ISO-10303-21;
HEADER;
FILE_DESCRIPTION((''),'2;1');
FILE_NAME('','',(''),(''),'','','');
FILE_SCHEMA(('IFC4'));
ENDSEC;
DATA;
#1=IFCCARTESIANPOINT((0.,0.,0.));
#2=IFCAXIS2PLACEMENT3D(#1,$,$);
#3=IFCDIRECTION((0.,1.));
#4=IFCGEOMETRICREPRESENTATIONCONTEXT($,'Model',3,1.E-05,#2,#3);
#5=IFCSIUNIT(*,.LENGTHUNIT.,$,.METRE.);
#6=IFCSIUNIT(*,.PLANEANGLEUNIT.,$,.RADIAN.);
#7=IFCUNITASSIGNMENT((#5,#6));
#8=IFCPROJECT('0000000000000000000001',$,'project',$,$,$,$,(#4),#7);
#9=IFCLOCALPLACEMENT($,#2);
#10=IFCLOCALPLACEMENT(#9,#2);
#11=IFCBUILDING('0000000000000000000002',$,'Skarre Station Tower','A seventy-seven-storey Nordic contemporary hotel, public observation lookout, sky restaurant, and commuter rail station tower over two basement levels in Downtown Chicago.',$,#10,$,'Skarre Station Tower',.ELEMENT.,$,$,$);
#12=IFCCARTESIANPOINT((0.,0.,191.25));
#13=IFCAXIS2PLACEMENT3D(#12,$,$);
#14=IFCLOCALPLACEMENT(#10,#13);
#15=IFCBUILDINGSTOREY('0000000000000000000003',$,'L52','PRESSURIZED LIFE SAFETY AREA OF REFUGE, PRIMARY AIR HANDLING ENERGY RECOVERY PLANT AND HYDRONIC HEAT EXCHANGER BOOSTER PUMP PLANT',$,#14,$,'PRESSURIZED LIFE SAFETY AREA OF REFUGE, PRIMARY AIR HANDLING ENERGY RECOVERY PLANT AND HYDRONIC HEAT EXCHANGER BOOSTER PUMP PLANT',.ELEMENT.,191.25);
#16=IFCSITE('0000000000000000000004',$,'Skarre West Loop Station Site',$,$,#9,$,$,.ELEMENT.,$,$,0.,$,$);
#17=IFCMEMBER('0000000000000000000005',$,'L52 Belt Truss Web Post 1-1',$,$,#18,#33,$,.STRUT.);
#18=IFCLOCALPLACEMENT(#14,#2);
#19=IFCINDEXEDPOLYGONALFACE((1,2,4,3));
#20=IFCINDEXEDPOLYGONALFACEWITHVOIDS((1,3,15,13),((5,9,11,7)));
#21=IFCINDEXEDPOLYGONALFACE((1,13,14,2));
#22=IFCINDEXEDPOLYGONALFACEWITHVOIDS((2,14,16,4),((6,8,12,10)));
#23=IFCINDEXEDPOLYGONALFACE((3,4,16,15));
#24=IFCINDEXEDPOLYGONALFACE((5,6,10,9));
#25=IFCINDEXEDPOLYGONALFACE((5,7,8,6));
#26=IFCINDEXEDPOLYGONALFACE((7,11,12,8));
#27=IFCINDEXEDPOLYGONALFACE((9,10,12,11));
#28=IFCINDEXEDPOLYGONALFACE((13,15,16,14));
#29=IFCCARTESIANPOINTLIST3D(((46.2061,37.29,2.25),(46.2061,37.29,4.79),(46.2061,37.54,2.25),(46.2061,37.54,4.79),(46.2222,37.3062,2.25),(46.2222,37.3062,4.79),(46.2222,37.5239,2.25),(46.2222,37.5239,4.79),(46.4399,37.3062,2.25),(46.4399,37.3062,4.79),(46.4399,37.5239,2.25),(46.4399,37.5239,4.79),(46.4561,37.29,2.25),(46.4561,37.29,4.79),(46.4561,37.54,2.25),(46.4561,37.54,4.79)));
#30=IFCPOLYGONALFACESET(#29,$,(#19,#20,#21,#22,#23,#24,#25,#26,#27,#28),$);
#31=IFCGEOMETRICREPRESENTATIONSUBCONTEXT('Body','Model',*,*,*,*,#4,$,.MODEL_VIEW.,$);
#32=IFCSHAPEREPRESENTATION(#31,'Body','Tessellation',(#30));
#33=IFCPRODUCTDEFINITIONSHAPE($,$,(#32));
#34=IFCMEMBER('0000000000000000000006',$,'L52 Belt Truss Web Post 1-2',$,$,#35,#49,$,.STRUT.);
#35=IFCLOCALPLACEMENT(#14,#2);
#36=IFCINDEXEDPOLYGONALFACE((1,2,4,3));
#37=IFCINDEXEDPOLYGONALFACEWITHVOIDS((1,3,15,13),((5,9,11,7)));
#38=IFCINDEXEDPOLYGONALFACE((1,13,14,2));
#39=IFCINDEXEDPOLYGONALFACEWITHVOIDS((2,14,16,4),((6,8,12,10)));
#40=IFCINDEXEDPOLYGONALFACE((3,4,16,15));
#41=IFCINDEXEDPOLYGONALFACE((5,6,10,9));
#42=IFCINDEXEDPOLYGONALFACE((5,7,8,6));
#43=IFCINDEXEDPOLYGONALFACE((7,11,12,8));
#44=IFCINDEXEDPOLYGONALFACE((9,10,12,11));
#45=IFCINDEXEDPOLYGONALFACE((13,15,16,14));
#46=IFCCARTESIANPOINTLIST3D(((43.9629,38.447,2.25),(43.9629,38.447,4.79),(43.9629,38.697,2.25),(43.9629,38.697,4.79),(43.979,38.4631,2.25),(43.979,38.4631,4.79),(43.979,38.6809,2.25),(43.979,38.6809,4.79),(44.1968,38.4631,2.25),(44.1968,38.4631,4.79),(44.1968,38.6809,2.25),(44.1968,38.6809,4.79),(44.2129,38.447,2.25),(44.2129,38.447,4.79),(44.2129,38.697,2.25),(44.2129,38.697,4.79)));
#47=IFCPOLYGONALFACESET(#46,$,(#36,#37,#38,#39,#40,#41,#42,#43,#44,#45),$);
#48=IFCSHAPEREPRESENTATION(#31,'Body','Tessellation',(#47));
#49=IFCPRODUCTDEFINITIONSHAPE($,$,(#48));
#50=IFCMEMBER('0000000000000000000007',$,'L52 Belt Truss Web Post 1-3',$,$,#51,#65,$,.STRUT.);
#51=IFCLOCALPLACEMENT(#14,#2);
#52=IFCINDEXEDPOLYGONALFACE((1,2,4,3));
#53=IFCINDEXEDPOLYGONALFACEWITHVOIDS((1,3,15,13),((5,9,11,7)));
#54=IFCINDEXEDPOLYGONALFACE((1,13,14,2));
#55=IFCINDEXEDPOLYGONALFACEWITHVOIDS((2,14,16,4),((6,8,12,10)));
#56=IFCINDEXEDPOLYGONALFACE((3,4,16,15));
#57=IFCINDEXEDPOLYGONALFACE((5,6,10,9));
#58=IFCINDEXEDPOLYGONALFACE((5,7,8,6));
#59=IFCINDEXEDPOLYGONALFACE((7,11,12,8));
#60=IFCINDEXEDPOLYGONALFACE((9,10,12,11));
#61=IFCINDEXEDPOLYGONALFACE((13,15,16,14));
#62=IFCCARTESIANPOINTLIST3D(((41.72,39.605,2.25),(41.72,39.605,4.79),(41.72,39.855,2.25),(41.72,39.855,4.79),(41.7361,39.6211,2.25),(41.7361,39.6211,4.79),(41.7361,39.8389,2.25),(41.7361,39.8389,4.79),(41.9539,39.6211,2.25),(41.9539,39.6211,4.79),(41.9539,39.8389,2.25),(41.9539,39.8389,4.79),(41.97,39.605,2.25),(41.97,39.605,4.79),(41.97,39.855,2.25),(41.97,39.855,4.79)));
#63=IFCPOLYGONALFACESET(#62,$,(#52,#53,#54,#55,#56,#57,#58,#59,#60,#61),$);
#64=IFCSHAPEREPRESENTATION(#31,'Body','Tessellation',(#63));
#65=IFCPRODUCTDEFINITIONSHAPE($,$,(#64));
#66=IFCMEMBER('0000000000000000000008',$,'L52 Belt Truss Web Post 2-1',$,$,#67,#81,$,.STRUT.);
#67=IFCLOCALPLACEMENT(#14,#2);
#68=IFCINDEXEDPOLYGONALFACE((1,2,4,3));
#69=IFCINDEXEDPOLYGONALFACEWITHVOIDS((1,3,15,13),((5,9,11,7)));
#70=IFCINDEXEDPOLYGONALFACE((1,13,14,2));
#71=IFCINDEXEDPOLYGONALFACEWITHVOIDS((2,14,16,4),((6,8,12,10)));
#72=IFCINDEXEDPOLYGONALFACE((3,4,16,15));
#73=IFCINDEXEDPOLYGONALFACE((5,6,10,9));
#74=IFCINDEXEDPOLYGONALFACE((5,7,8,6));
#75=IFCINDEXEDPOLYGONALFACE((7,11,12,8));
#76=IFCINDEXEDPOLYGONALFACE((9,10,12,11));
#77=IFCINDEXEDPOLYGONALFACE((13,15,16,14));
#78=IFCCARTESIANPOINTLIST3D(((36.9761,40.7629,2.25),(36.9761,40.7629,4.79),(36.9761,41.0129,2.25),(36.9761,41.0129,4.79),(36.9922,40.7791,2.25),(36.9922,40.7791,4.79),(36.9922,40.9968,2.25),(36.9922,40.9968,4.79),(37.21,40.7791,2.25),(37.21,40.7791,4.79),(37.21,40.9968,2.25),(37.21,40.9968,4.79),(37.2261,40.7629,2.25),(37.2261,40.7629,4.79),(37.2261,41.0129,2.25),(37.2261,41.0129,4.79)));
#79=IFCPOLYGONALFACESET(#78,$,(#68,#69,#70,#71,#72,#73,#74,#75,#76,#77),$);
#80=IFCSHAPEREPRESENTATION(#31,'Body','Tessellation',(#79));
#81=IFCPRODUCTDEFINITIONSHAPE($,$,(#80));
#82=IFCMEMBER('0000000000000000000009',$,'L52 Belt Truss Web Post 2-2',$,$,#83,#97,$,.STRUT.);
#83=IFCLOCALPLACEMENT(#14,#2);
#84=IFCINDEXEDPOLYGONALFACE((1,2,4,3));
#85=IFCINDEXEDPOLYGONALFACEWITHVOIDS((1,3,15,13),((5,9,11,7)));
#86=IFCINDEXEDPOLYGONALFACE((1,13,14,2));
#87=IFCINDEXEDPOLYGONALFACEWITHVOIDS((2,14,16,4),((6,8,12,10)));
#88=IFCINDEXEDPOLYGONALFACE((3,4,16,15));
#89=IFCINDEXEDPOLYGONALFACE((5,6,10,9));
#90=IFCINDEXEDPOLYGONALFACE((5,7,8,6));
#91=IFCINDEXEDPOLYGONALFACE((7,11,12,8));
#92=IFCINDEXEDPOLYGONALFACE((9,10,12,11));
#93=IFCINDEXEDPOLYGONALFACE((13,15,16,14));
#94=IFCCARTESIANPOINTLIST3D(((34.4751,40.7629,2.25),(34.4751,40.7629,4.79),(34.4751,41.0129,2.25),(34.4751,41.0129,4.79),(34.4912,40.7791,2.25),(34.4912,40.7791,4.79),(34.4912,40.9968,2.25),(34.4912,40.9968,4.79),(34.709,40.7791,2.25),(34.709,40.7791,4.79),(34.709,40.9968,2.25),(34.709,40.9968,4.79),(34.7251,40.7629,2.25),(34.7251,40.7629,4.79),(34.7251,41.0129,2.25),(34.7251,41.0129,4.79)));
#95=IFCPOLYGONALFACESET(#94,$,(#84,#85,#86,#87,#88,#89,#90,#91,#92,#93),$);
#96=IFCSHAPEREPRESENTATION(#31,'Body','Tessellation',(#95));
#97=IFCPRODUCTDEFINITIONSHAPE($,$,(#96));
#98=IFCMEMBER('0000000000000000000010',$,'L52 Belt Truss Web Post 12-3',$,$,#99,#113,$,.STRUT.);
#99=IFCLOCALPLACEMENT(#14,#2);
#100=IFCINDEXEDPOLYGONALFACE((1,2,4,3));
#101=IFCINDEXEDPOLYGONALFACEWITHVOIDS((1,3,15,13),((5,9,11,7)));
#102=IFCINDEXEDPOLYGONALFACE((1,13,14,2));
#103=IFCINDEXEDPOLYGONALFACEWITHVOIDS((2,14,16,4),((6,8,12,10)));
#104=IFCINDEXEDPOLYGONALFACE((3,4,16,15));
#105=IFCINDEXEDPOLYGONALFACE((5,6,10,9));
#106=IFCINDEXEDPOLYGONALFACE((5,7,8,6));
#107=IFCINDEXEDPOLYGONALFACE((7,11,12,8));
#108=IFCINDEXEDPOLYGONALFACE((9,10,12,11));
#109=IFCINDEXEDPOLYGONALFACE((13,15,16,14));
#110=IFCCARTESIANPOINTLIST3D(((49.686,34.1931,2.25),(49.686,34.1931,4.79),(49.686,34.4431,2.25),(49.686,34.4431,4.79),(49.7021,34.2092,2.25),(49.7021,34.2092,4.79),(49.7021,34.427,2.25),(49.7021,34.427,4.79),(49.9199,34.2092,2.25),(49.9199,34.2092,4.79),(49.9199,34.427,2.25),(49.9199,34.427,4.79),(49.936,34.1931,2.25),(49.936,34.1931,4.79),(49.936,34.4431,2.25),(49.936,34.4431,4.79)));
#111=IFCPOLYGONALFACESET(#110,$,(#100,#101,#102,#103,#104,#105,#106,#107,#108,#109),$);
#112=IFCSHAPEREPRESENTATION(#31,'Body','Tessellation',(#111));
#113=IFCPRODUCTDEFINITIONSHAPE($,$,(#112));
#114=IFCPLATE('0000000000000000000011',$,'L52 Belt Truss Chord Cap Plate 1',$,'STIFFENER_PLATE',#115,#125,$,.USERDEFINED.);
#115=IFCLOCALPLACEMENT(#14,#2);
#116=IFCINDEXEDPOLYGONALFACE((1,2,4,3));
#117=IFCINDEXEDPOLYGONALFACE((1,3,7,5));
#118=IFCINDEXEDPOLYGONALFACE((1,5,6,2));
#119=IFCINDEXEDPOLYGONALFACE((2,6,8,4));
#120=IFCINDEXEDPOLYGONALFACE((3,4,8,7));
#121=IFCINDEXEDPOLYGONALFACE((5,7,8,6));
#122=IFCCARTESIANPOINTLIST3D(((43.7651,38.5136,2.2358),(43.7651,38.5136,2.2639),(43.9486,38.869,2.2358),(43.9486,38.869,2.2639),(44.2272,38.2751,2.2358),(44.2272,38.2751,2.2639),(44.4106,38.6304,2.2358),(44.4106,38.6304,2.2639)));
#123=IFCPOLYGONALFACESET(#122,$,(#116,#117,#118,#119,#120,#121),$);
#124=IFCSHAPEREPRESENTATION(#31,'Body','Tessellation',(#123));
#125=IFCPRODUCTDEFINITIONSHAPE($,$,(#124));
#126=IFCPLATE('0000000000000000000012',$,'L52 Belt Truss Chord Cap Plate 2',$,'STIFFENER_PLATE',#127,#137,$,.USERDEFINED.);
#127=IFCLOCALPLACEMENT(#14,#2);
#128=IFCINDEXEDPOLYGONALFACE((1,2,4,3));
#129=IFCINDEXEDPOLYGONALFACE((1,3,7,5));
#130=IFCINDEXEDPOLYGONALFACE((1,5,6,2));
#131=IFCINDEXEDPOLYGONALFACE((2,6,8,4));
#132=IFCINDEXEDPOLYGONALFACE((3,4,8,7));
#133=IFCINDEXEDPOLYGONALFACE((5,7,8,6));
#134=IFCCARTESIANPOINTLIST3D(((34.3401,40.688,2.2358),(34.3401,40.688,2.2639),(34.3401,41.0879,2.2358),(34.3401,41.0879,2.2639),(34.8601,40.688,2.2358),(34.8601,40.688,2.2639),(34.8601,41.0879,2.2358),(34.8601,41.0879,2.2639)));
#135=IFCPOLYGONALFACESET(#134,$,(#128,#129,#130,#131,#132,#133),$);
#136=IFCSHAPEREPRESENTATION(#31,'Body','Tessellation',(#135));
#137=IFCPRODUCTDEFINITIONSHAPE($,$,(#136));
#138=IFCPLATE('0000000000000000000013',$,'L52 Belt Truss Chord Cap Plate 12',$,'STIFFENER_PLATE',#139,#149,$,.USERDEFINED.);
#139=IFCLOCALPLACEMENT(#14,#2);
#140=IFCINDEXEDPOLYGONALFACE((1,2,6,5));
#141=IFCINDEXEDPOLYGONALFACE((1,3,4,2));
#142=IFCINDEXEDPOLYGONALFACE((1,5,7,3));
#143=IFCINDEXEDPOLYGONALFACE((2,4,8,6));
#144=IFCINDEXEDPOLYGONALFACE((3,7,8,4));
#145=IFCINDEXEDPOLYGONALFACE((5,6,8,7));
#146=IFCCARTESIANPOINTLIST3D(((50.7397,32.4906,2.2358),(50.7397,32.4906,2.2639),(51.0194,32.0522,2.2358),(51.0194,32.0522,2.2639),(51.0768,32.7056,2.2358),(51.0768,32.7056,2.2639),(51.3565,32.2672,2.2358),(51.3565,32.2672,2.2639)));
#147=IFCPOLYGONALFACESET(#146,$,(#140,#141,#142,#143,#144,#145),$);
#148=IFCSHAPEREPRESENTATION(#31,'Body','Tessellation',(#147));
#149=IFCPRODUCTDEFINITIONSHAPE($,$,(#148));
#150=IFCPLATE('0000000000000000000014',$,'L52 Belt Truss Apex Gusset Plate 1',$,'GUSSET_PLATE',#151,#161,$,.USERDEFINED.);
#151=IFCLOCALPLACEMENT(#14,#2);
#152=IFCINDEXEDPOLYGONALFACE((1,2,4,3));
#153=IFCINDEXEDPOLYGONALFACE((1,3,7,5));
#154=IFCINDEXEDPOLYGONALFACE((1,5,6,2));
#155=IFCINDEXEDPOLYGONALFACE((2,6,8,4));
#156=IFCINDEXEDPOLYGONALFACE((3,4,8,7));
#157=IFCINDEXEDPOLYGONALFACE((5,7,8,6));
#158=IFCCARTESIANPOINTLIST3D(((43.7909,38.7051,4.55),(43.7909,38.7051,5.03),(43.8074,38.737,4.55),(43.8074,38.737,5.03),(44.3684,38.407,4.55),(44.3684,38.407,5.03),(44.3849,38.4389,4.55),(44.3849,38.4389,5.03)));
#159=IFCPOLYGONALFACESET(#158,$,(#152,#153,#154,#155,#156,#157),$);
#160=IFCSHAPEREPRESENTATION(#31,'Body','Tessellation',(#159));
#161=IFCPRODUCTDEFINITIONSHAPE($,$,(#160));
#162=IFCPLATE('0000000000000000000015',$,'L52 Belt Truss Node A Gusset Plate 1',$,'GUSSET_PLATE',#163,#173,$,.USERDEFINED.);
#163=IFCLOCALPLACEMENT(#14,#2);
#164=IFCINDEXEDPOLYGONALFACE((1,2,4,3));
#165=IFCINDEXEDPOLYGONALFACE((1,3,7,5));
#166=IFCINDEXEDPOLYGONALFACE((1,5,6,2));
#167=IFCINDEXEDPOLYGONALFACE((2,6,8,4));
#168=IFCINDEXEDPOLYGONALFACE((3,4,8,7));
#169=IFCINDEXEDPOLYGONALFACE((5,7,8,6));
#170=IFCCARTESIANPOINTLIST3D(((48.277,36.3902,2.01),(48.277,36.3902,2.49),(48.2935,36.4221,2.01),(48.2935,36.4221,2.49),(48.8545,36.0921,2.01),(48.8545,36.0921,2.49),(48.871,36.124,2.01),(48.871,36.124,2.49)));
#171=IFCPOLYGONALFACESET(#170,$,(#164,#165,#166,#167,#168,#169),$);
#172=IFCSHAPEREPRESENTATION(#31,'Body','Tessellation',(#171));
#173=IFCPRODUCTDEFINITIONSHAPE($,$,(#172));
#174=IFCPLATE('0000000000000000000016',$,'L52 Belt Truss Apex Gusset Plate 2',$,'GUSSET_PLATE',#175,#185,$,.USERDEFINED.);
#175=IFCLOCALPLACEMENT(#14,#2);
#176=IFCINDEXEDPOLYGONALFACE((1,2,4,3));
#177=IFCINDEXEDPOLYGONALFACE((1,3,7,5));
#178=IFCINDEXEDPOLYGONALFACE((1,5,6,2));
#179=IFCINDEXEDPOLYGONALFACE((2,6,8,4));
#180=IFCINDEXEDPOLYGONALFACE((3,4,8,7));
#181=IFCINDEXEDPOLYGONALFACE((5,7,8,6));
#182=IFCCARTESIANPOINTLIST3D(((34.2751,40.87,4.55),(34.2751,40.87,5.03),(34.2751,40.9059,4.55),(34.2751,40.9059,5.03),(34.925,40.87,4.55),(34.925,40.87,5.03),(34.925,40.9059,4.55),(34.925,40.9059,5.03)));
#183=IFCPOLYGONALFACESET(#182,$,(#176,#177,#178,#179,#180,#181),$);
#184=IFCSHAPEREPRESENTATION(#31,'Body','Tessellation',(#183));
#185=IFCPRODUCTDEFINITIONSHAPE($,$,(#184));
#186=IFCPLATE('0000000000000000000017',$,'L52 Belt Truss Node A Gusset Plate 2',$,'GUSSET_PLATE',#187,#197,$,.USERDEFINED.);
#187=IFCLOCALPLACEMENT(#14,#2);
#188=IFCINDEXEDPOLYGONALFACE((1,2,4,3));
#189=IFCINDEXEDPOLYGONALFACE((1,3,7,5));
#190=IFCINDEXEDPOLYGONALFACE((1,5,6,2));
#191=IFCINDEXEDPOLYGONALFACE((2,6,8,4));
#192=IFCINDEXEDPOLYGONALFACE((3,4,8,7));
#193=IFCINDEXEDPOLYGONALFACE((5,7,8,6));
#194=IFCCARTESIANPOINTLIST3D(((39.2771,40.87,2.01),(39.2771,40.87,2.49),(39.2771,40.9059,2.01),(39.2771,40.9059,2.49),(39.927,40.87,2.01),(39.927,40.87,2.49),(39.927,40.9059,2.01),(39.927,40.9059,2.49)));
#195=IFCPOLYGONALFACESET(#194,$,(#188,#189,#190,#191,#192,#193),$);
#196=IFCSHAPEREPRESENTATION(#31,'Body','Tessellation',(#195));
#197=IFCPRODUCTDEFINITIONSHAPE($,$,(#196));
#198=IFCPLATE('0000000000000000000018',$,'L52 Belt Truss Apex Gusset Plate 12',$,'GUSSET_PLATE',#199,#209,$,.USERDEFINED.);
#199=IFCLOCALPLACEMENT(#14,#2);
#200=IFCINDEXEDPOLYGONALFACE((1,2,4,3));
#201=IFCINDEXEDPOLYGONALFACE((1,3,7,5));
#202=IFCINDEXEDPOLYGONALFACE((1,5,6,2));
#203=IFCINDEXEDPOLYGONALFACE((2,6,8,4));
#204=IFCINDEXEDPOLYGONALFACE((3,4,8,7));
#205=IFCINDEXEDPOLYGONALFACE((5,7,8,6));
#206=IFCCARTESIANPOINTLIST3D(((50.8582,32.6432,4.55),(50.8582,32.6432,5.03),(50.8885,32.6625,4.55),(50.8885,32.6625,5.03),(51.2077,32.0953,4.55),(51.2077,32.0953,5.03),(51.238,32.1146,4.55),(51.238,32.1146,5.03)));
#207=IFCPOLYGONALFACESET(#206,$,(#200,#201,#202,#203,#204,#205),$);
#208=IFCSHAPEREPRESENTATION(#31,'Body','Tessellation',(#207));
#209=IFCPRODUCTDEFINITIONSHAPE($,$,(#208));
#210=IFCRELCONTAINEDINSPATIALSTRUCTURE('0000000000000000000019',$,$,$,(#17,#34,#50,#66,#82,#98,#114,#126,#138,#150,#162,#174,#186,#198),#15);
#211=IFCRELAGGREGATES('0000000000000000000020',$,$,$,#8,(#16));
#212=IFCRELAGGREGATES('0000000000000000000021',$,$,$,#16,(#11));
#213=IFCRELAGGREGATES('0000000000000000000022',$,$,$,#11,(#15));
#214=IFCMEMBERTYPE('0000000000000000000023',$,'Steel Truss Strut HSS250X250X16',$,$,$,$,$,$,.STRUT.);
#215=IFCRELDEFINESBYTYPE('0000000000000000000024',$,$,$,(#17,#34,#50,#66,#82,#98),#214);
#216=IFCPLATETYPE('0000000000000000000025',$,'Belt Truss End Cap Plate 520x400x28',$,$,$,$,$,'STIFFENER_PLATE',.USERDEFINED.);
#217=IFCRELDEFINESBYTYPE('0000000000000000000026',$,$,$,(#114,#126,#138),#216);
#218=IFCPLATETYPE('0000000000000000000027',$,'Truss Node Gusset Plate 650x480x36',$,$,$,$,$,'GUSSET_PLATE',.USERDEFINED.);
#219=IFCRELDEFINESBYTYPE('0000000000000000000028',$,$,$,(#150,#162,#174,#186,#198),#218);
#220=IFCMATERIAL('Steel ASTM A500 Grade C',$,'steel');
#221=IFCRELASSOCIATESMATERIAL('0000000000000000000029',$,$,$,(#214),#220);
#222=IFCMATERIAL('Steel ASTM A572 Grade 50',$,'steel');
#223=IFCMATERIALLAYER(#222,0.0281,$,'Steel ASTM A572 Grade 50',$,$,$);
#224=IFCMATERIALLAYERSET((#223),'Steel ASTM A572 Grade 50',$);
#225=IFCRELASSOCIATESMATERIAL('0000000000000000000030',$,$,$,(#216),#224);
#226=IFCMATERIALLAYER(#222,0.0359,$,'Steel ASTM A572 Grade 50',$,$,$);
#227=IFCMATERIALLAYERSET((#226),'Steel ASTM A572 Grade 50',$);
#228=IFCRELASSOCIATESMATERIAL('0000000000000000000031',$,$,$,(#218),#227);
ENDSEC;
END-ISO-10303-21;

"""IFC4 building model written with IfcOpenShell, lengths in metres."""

from ifc_helpers import new_model, si_unit, direction, frame, origin, origin_2d, place, context, subcontext, project, spatial, rectangle, hollow_rectangle, extrude, material, layer, layer_set, material_profile, profile_set, type_object, element, save


model = new_model("IFC4")

# Units and contexts
model_context = context("Model", 3, precision=1e-05, world=origin(), true_north=direction((0.0, 1.0)))
body_context = subcontext(model_context, "Body", "Model", "MODEL_VIEW")
ifc_project = project(units=[si_unit("LENGTHUNIT", "METRE"), si_unit("PLANEANGLEUNIT", "RADIAN")], contexts=[model_context])

# Site, building, storey
site_placement = place(None, origin())
site = spatial("IfcSite", under=ifc_project, at=site_placement, Name="Skarre West Loop Station Site", CompositionType="ELEMENT", RefElevation=0.0)
building_placement = place(site_placement, origin())
building = spatial("IfcBuilding", under=site, at=building_placement, Name="Skarre Station Tower", Description="A seventy-seven-storey Nordic contemporary hotel, public observation lookout, sky restaurant, and commuter rail station tower over two basement levels in Downtown Chicago.", LongName="Skarre Station Tower", CompositionType="ELEMENT")
storey_placement = place(building_placement, frame((0.0, 0.0, 191.25)))
storey = spatial("IfcBuildingStorey", under=building, at=storey_placement, Name="L52", Description="PRESSURIZED LIFE SAFETY AREA OF REFUGE, PRIMARY AIR HANDLING ENERGY RECOVERY PLANT AND HYDRONIC HEAT EXCHANGER BOOSTER PUMP PLANT", LongName="PRESSURIZED LIFE SAFETY AREA OF REFUGE, PRIMARY AIR HANDLING ENERGY RECOVERY PLANT AND HYDRONIC HEAT EXCHANGER BOOSTER PUMP PLANT", CompositionType="ELEMENT", Elevation=191.25)

# Members
ifc_material_1 = material(Name="Steel ASTM A500 Grade C", Category="steel")
ifc_material_profile_1 = material_profile(ifc_material_1, hollow_rectangle(XDim=0.25, YDim=0.25, WallThickness=0.0161, at=origin_2d()), Name="Steel ASTM A500 Grade C")
ifc_profile_set_1 = profile_set([ifc_material_profile_1], Name="Steel ASTM A500 Grade C")
member_type_1 = type_object("IfcMemberType", Name="Steel Truss Strut HSS250X250X16", PredefinedType="STRUT", material=ifc_profile_set_1)
for number, where, z_axis, x_axis, name in (
    (1, (46.3311, 37.415, 2.25), (0.0, 0.0, 1.0), (1.0, 0.0, 0.0), "L52 Belt Truss Web Post 1-1"),
    (2, (44.0879, 38.572, 2.25), (0.0, 0.0, 1.0), (1.0, 0.0, 0.0), "L52 Belt Truss Web Post 1-2"),
    (3, (41.845, 39.73, 2.25), (0.0, 0.0, 1.0), (1.0, 0.0, 0.0), "L52 Belt Truss Web Post 1-3"),
    (4, (37.1011, 40.8879, 2.25), (0.0, 0.0, 1.0), (1.0, 0.0, 0.0), "L52 Belt Truss Web Post 2-1"),
    (5, (34.6001, 40.8879, 2.25), (0.0, 0.0, 1.0), (1.0, 0.0, 0.0), "L52 Belt Truss Web Post 2-2"),
    (6, (49.811, 34.3181, 2.25), (0.0, 0.0, 1.0), (1.0, 0.0, 0.0), "L52 Belt Truss Web Post 12-3"),
):
    element("IfcMember", number, at=place(storey_placement, frame(where, z_axis=z_axis, x_axis=x_axis)), inside=storey, type_object=member_type_1, Name=name, PredefinedType="STRUT", context=body_context, shape_type="SweptSolid", body=[
        extrude(hollow_rectangle(XDim=0.25, YDim=0.25, WallThickness=0.0161, at=origin_2d()), origin(), (0.0, 0.0, 1.0), 2.54),
    ])

# Plates
ifc_material_2 = material(Name="Steel ASTM A572 Grade 50", Category="steel")
ifc_layer_1 = layer(ifc_material_2, 0.0281, Name="Steel ASTM A572 Grade 50")
ifc_layer_set_1 = layer_set([ifc_layer_1], Name="Steel ASTM A572 Grade 50")
plate_type_1 = type_object("IfcPlateType", Name="Belt Truss End Cap Plate 520x400x28", ElementType="STIFFENER_PLATE", PredefinedType="USERDEFINED", material=ifc_layer_set_1)
for number, where, z_axis, x_axis, name in (
    (7, (44.0879, 38.572, 2.2358), (0.0, 0.0, 1.0), (-0.888609, 0.458665, 0.0), "L52 Belt Truss Chord Cap Plate 1"),
    (8, (34.6001, 40.8879, 2.2358), (0.0, 0.0, 1.0), (-1.0, 0.0, 0.0), "L52 Belt Truss Chord Cap Plate 2"),
    (9, (51.0481, 32.3789, 2.2358), (0.0, 0.0, 1.0), (-0.537829, 0.843054, 0.0), "L52 Belt Truss Chord Cap Plate 12"),
):
    element("IfcPlate", number, at=place(storey_placement, frame(where, z_axis=z_axis, x_axis=x_axis)), inside=storey, type_object=plate_type_1, Name=name, ObjectType="STIFFENER_PLATE", PredefinedType="USERDEFINED", context=body_context, shape_type="SweptSolid", body=[
        extrude(rectangle(XDim=0.52, YDim=0.3999, at=origin_2d()), origin(), (0.0, 0.0, 1.0), 0.0281),
    ])
ifc_layer_2 = layer(ifc_material_2, 0.0359, Name="Steel ASTM A572 Grade 50")
ifc_layer_set_2 = layer_set([ifc_layer_2], Name="Steel ASTM A572 Grade 50")
plate_type_2 = type_object("IfcPlateType", Name="Truss Node Gusset Plate 650x480x36", ElementType="GUSSET_PLATE", PredefinedType="USERDEFINED", material=ifc_layer_set_2)
for number, where, z_axis, x_axis, name in (
    (10, (44.0879, 38.572, 4.55), (0.0, 0.0, 1.0), (-0.888609, 0.458665, 0.0), "L52 Belt Truss Apex Gusset Plate 1"),
    (11, (48.574, 36.2571, 2.01), (0.0, 0.0, 1.0), (-0.888609, 0.458665, 0.0), "L52 Belt Truss Node A Gusset Plate 1"),
    (12, (34.6001, 40.8879, 4.55), (0.0, 0.0, 1.0), (-1.0, 0.0, 0.0), "L52 Belt Truss Apex Gusset Plate 2"),
    (13, (39.6021, 40.8879, 2.01), (0.0, 0.0, 1.0), (-1.0, 0.0, 0.0), "L52 Belt Truss Node A Gusset Plate 2"),
    (14, (51.0481, 32.3789, 4.55), (0.0, 0.0, 1.0), (-0.537829, 0.843054, 0.0), "L52 Belt Truss Apex Gusset Plate 12"),
):
    element("IfcPlate", number, at=place(storey_placement, frame(where, z_axis=z_axis, x_axis=x_axis)), inside=storey, type_object=plate_type_2, Name=name, ObjectType="GUSSET_PLATE", PredefinedType="USERDEFINED", context=body_context, shape_type="SweptSolid", body=[
        extrude(rectangle(XDim=0.6499, YDim=0.0359, at=origin_2d()), origin(), (0.0, 0.0, 1.0), 0.48),
    ])

save(model, "model.ifc")
